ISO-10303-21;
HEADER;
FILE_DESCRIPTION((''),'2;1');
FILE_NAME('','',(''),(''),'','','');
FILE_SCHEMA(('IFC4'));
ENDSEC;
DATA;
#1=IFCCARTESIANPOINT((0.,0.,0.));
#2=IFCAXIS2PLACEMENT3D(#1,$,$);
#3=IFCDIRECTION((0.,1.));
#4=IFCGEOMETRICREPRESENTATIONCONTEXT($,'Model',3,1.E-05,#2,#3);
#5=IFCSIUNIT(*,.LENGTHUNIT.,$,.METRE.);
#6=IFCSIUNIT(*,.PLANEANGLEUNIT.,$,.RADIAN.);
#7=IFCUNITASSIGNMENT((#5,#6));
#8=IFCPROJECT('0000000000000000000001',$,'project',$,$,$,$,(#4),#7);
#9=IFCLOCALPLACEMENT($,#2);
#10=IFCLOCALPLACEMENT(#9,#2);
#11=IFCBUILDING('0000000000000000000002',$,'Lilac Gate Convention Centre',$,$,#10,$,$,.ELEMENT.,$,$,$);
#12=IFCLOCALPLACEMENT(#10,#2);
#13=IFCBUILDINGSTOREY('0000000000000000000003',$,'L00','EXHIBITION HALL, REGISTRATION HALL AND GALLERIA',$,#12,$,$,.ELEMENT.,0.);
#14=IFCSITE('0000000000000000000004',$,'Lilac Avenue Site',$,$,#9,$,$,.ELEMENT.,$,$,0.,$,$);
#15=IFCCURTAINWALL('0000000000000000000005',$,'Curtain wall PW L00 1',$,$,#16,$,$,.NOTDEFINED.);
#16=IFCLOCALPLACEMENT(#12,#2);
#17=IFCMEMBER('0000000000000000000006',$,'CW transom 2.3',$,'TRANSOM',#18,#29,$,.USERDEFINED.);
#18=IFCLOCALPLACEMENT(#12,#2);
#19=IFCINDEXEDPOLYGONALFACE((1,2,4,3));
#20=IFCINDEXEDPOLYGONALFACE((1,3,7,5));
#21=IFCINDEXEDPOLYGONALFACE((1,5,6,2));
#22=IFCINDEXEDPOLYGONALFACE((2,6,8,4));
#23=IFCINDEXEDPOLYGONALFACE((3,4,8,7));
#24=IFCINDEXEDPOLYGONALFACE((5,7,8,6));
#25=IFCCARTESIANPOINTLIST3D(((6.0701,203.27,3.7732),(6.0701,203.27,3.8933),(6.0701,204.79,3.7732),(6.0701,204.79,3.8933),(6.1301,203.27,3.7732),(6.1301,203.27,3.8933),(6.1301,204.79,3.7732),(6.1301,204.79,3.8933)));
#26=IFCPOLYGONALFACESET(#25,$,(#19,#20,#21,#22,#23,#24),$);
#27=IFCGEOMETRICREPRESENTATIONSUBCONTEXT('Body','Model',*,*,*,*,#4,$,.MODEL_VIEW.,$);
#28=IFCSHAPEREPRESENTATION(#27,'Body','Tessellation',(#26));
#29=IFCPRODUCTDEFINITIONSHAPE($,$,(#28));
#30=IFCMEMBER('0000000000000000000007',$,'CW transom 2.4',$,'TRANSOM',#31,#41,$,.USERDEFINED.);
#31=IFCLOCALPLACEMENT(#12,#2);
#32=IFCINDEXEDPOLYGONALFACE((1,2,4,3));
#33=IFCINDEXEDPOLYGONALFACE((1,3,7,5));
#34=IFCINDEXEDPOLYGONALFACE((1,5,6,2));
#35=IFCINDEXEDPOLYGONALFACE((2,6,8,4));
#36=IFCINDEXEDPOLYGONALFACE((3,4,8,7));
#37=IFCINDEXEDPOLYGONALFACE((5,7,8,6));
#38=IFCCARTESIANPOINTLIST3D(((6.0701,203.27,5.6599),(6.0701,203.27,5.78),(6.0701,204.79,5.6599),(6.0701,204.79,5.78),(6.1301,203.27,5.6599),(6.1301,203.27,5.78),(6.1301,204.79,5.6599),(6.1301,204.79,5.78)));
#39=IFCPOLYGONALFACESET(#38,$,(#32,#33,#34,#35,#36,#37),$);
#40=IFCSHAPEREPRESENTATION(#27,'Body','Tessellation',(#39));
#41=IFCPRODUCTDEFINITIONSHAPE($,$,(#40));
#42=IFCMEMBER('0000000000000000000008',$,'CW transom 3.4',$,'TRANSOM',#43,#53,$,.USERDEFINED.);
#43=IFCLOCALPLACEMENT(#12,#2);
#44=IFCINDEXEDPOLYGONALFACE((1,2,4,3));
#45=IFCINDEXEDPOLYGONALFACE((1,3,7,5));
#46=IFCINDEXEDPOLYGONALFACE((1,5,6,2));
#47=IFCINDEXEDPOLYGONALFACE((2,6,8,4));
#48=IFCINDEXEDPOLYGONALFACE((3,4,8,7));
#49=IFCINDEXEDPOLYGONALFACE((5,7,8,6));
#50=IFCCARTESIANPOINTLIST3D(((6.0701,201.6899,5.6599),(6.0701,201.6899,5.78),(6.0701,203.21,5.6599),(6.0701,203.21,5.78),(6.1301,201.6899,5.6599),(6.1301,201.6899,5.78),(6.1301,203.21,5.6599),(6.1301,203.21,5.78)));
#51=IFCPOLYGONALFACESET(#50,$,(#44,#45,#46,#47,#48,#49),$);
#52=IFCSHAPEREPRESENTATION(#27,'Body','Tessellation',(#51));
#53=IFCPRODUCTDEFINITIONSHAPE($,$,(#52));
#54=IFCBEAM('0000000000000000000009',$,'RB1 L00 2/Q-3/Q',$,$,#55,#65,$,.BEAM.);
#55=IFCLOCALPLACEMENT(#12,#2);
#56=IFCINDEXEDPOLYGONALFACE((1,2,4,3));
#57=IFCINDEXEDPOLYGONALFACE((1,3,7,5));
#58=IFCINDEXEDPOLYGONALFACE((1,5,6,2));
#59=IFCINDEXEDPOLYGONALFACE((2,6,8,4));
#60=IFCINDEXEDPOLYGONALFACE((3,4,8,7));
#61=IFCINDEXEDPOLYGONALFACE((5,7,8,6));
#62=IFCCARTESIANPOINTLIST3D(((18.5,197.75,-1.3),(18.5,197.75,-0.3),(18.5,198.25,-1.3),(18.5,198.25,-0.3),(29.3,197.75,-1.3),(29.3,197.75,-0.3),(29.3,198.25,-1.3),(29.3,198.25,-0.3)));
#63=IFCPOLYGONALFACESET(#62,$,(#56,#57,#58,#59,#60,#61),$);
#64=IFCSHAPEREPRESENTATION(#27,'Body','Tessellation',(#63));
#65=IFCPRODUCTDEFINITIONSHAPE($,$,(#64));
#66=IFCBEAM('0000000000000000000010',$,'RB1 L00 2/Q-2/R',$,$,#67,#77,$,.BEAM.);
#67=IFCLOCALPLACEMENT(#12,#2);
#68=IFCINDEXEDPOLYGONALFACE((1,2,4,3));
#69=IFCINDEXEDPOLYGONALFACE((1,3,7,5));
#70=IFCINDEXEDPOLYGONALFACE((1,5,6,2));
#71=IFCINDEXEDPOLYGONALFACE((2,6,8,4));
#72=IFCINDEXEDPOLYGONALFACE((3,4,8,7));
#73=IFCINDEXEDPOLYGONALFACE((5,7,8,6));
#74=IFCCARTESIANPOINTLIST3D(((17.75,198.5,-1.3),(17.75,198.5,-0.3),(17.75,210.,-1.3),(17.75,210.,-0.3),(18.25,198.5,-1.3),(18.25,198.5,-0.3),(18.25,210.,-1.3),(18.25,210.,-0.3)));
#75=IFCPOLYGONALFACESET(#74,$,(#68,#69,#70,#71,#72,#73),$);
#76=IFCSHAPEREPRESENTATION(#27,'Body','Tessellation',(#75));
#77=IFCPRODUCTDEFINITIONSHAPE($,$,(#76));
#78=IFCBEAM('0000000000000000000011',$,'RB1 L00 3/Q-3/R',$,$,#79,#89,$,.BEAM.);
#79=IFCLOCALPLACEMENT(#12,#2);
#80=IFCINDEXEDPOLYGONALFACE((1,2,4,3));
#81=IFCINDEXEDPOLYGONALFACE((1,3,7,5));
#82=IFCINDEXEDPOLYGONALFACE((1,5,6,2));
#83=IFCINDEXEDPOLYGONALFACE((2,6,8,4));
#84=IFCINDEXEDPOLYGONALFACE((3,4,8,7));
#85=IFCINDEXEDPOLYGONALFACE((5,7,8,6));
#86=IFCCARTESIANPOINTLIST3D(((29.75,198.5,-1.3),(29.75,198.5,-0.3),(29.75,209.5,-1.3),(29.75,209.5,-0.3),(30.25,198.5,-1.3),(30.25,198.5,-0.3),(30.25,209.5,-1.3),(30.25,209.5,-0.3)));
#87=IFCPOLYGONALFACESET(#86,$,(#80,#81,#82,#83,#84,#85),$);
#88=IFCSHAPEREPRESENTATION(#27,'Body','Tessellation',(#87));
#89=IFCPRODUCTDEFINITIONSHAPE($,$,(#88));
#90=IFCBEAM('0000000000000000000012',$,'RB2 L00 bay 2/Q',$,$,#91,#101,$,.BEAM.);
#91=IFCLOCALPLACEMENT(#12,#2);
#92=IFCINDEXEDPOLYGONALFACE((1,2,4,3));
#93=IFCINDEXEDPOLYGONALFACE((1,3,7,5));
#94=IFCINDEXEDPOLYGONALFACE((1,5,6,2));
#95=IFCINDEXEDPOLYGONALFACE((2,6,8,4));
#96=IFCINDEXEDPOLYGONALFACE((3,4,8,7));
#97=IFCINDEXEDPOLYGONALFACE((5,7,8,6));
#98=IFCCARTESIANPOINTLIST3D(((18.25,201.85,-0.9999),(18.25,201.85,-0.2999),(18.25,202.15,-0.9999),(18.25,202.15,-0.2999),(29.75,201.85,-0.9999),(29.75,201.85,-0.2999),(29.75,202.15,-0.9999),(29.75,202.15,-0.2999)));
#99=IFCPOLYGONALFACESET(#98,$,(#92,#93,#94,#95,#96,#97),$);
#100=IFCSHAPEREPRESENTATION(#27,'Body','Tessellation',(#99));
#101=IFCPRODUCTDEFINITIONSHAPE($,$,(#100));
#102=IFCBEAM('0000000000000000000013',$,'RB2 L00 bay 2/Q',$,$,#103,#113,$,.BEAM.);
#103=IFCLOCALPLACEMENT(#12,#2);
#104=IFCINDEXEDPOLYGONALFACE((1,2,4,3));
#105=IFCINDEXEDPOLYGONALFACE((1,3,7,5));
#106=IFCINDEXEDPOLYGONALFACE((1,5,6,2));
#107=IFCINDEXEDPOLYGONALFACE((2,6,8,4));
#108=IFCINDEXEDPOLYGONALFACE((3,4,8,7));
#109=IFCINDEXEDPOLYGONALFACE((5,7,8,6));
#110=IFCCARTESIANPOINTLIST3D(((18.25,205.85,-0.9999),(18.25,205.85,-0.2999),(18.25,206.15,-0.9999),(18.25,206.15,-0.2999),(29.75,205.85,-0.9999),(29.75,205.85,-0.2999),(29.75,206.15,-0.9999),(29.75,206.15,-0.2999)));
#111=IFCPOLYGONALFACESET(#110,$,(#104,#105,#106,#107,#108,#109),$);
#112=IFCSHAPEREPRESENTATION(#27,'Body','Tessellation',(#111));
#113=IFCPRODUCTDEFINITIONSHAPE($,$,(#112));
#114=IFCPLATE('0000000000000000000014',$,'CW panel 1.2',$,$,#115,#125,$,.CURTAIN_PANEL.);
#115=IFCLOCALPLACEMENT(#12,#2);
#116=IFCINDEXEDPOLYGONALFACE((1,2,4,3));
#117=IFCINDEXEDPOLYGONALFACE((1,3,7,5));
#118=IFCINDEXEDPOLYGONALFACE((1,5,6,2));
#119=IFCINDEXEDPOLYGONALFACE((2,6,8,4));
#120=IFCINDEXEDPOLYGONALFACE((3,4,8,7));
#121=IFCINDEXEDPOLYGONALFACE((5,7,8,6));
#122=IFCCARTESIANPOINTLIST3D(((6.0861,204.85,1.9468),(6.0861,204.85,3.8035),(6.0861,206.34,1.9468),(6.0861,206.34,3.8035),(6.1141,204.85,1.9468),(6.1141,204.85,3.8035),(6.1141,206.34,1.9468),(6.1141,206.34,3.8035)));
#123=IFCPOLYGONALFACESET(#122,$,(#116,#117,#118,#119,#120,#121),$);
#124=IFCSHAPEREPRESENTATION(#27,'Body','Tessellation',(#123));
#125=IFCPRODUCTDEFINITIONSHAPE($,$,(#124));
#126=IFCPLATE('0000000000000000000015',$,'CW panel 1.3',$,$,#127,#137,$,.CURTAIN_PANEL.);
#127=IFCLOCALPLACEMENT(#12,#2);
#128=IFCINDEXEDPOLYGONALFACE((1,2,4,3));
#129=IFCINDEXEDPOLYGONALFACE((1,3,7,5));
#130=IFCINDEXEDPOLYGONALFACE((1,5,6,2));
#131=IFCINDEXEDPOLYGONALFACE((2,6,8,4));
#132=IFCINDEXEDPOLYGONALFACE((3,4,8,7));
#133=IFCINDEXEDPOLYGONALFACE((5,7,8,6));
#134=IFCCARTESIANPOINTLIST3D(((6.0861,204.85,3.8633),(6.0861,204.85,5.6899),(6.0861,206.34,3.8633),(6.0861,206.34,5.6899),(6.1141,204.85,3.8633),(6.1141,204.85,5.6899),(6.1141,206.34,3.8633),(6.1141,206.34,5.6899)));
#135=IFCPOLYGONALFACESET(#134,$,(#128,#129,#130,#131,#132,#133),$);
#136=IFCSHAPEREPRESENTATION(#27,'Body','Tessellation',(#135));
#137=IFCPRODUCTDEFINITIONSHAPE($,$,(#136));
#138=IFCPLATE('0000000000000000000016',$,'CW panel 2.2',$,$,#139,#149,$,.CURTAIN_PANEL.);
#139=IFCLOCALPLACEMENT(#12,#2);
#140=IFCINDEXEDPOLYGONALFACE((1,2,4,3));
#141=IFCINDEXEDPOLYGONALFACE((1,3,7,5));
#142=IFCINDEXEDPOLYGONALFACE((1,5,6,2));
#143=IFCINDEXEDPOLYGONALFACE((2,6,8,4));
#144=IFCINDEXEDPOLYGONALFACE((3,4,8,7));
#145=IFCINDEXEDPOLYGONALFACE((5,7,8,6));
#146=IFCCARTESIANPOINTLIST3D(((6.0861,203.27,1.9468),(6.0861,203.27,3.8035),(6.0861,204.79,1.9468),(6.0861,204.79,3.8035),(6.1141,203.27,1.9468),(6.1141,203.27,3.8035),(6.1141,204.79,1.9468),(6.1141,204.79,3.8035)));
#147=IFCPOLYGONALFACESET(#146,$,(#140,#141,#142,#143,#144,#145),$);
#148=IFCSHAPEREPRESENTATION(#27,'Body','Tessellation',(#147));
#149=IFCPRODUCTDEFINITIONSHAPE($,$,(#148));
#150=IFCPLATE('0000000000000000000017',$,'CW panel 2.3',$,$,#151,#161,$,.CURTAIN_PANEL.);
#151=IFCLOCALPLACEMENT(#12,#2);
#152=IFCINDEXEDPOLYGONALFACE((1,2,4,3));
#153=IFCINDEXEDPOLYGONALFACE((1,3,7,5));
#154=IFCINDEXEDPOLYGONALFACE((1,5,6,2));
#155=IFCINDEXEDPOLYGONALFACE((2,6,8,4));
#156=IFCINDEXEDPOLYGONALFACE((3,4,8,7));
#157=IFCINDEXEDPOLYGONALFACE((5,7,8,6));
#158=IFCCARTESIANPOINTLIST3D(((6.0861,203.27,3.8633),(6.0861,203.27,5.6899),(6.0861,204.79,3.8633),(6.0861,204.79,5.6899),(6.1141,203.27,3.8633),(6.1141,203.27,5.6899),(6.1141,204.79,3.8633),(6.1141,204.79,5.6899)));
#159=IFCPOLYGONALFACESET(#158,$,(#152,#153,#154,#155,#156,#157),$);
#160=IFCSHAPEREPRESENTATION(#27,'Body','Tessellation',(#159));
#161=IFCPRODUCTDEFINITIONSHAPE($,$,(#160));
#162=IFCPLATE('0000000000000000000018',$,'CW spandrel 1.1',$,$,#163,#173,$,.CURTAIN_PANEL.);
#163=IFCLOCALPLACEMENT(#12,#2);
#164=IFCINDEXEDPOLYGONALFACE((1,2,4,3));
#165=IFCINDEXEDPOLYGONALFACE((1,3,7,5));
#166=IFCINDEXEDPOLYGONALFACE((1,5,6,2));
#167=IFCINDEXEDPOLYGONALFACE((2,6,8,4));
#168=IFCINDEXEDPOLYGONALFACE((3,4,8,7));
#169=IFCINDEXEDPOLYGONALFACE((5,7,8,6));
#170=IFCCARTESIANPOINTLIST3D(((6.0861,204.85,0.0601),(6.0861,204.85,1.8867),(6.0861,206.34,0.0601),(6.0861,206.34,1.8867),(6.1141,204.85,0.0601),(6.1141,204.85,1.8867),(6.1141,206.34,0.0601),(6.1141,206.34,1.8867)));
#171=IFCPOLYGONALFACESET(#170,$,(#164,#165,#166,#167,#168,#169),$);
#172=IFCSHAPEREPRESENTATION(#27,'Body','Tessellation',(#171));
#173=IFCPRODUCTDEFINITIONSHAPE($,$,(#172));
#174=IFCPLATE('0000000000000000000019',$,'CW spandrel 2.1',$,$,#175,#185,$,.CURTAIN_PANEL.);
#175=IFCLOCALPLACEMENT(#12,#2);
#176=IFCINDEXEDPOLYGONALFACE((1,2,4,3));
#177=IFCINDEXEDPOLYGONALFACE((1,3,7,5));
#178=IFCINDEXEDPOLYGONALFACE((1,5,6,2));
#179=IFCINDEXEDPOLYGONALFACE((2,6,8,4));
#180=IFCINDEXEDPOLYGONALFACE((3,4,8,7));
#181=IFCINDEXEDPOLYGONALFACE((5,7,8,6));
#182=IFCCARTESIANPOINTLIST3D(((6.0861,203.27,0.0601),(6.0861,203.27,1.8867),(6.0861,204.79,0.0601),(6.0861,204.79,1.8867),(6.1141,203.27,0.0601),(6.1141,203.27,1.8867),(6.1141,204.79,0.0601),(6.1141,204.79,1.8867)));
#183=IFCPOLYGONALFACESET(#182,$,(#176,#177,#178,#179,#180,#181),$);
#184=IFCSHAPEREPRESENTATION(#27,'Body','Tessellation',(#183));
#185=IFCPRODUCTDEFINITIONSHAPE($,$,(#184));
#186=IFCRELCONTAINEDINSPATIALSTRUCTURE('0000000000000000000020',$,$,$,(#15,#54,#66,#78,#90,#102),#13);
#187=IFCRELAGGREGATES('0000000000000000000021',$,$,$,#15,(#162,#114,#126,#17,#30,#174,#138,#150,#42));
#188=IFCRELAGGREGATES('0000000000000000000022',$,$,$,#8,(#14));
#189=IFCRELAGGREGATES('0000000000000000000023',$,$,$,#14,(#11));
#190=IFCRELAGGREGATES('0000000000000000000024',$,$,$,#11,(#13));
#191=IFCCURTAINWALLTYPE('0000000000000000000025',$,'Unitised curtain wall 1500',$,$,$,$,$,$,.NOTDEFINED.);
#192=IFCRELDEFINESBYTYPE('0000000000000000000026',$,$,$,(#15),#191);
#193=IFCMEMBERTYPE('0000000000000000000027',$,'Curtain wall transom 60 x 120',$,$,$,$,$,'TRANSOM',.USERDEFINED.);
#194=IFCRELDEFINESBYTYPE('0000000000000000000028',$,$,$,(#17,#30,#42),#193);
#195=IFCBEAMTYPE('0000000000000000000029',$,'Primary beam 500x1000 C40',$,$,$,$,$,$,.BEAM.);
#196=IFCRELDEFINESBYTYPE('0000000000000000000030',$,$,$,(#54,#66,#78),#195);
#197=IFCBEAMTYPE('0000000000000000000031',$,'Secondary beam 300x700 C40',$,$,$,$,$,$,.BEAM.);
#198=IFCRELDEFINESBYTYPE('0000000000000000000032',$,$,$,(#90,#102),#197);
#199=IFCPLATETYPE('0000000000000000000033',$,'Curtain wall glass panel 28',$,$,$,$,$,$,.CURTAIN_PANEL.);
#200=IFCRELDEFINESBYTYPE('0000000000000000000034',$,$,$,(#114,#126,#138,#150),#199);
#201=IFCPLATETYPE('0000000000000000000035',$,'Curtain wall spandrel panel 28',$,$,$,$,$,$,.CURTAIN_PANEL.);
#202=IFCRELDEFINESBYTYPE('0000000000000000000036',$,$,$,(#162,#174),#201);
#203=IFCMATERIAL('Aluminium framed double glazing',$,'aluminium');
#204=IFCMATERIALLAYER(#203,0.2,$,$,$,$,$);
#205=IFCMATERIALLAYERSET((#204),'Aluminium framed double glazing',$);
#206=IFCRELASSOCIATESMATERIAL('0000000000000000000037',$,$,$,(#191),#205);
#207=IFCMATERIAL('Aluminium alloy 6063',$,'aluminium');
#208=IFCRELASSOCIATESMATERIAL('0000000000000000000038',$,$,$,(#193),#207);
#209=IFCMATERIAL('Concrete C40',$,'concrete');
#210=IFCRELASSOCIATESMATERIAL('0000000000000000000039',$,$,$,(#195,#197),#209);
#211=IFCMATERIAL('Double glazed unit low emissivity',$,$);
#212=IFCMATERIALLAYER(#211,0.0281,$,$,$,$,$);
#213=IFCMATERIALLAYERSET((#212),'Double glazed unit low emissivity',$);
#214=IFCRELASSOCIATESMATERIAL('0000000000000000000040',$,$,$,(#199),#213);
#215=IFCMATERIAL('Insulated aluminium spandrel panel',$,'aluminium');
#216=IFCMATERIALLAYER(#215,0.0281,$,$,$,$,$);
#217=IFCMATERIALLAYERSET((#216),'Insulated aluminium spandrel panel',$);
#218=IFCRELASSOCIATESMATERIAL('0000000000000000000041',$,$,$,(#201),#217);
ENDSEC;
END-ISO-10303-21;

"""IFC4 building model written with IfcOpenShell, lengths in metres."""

from ifc_helpers import new_model, si_unit, direction, frame, origin, origin_2d, place, context, subcontext, project, spatial, rectangle, extrude, material, layer, layer_set, material_profile, profile_set, type_object, element, aggregate, save


model = new_model("IFC4")

# Units and contexts
model_context = context("Model", 3, precision=1e-05, world=origin(), true_north=direction((0.0, 1.0)))
body_context = subcontext(model_context, "Body", "Model", "MODEL_VIEW")
ifc_project = project(units=[si_unit("LENGTHUNIT", "METRE"), si_unit("PLANEANGLEUNIT", "RADIAN")], contexts=[model_context])

# Site, building, storey
site_placement = place(None, origin())
site = spatial("IfcSite", under=ifc_project, at=site_placement, Name="Lilac Avenue Site", CompositionType="ELEMENT", RefElevation=0.0)
building_placement = place(site_placement, origin())
building = spatial("IfcBuilding", under=site, at=building_placement, Name="Lilac Gate Convention Centre", CompositionType="ELEMENT")
storey_placement = place(building_placement, origin())
storey = spatial("IfcBuildingStorey", under=building, at=storey_placement, Name="L00", Description="EXHIBITION HALL, REGISTRATION HALL AND GALLERIA", CompositionType="ELEMENT", Elevation=0.0)

# Shared definitions
ifc_material_1 = material(Name="Concrete C40", Category="concrete")

# Curtain wall, members
ifc_material_2 = material(Name="Aluminium framed double glazing", Category="aluminium")
ifc_layer_1 = layer(ifc_material_2, 0.2)
ifc_layer_set_1 = layer_set([ifc_layer_1], Name="Aluminium framed double glazing")
curtain_wall_type = type_object("IfcCurtainWallType", Name="Unitised curtain wall 1500", PredefinedType="NOTDEFINED", material=ifc_layer_set_1)
curtain_wall_placement = place(storey_placement, origin())
curtain_wall = element("IfcCurtainWall", 1, at=curtain_wall_placement, inside=storey, type_object=curtain_wall_type, Name="Curtain wall PW L00 1", PredefinedType="NOTDEFINED")
ifc_material_3 = material(Name="Aluminium alloy 6063", Category="aluminium")
ifc_material_profile_1 = material_profile(ifc_material_3, rectangle(XDim=0.0601, YDim=0.1201, at=origin_2d()), Name="Curtain wall transom 60 x 120")
ifc_profile_set_1 = profile_set([ifc_material_profile_1], Name="Aluminium alloy 6063")
member_type_1 = type_object("IfcMemberType", Name="Curtain wall transom 60 x 120", ElementType="TRANSOM", PredefinedType="USERDEFINED", material=ifc_profile_set_1)
member_1_placement = place(storey_placement, frame((6.1001, 204.79, 3.8333), z_axis=(0.0, -1.0, 0.0), x_axis=(1.0, 0.0, 0.0)))
member_1 = element("IfcMember", 2, at=member_1_placement, type_object=member_type_1, Name="CW transom 2.3", ObjectType="TRANSOM", PredefinedType="USERDEFINED", context=body_context, shape_type="SweptSolid", body=[
    extrude(rectangle(XDim=0.0601, YDim=0.1201, at=origin_2d()), origin(), (0.0, 0.0, 1.0), 1.52),
])
member_2_placement = place(storey_placement, frame((6.1001, 204.79, 5.72), z_axis=(0.0, -1.0, 0.0), x_axis=(1.0, 0.0, 0.0)))
member_2 = element("IfcMember", 3, at=member_2_placement, type_object=member_type_1, Name="CW transom 2.4", ObjectType="TRANSOM", PredefinedType="USERDEFINED", context=body_context, shape_type="SweptSolid", body=[
    extrude(rectangle(XDim=0.0601, YDim=0.1201, at=origin_2d()), origin(), (0.0, 0.0, 1.0), 1.52),
])
member_3_placement = place(storey_placement, frame((6.1001, 203.21, 5.72), z_axis=(0.0, -1.0, 0.0), x_axis=(1.0, 0.0, 0.0)))
member_3 = element("IfcMember", 4, at=member_3_placement, type_object=member_type_1, Name="CW transom 3.4", ObjectType="TRANSOM", PredefinedType="USERDEFINED", context=body_context, shape_type="SweptSolid", body=[
    extrude(rectangle(XDim=0.0601, YDim=0.1201, at=origin_2d()), origin(), (0.0, 0.0, 1.0), 1.52),
])

# Beams
ifc_material_profile_2 = material_profile(ifc_material_1, rectangle(XDim=0.5, YDim=1.0, at=origin_2d()), Name="RC 500x1000")
ifc_profile_set_2 = profile_set([ifc_material_profile_2], Name="Concrete C40")
beam_type_1 = type_object("IfcBeamType", Name="Primary beam 500x1000 C40", PredefinedType="BEAM", material=ifc_profile_set_2)
beam_1_placement = place(storey_placement, frame((18.5, 198.0, -0.8), z_axis=(1.0, 0.0, 0.0), x_axis=(0.0, 1.0, 0.0)))
element("IfcBeam", 5, at=beam_1_placement, inside=storey, type_object=beam_type_1, Name="RB1 L00 2/Q-3/Q", PredefinedType="BEAM", context=body_context, shape_type="SweptSolid", body=[
    extrude(rectangle(XDim=0.5, YDim=1.0, at=origin_2d()), origin(), (0.0, 0.0, 1.0), 10.8),
])
beam_2_placement = place(storey_placement, frame((18.0, 198.5, -0.8), z_axis=(0.0, 1.0, 0.0), x_axis=(-1.0, 0.0, 0.0)))
element("IfcBeam", 6, at=beam_2_placement, inside=storey, type_object=beam_type_1, Name="RB1 L00 2/Q-2/R", PredefinedType="BEAM", context=body_context, shape_type="SweptSolid", body=[
    extrude(rectangle(XDim=0.5, YDim=1.0, at=origin_2d()), origin(), (0.0, 0.0, 1.0), 11.5),
])
beam_3_placement = place(storey_placement, frame((30.0, 198.5, -0.8), z_axis=(0.0, 1.0, 0.0), x_axis=(-1.0, 0.0, 0.0)))
element("IfcBeam", 7, at=beam_3_placement, inside=storey, type_object=beam_type_1, Name="RB1 L00 3/Q-3/R", PredefinedType="BEAM", context=body_context, shape_type="SweptSolid", body=[
    extrude(rectangle(XDim=0.5, YDim=1.0, at=origin_2d()), origin(), (0.0, 0.0, 1.0), 11.0),
])
ifc_material_profile_3 = material_profile(ifc_material_1, rectangle(XDim=0.3, YDim=0.7, at=origin_2d()), Name="RC 300x700")
ifc_profile_set_3 = profile_set([ifc_material_profile_3], Name="Concrete C40")
beam_type_2 = type_object("IfcBeamType", Name="Secondary beam 300x700 C40", PredefinedType="BEAM", material=ifc_profile_set_3)
for number, where, z_axis, x_axis, name in (
    (8, (18.25, 202.0, -0.6499), (1.0, 0.0, 0.0), (0.0, 1.0, 0.0), "RB2 L00 bay 2/Q"),
    (9, (18.25, 206.0, -0.6499), (1.0, 0.0, 0.0), (0.0, 1.0, 0.0), "RB2 L00 bay 2/Q"),
):
    element("IfcBeam", number, at=place(storey_placement, frame(where, z_axis=z_axis, x_axis=x_axis)), inside=storey, type_object=beam_type_2, Name=name, PredefinedType="BEAM", context=body_context, shape_type="SweptSolid", body=[
        extrude(rectangle(XDim=0.3, YDim=0.7, at=origin_2d()), origin(), (0.0, 0.0, 1.0), 11.5),
    ])

# Plates
ifc_material_4 = material(Name="Double glazed unit low emissivity")
ifc_layer_2 = layer(ifc_material_4, 0.0281)
ifc_layer_set_2 = layer_set([ifc_layer_2], Name="Double glazed unit low emissivity")
plate_type_1 = type_object("IfcPlateType", Name="Curtain wall glass panel 28", PredefinedType="CURTAIN_PANEL", material=ifc_layer_set_2)
plate_1_placement = place(storey_placement, frame((6.1001, 205.595, 1.9468), z_axis=(0.0, 0.0, 1.0), x_axis=(0.0, -1.0, 0.0)))
plate_1 = element("IfcPlate", 10, at=plate_1_placement, type_object=plate_type_1, Name="CW panel 1.2", PredefinedType="CURTAIN_PANEL", context=body_context, shape_type="SweptSolid", body=[
    extrude(rectangle(XDim=1.49, YDim=0.0281, at=origin_2d()), origin(), (0.0, 0.0, 1.0), 1.8567),
])
plate_2_placement = place(storey_placement, frame((6.1001, 205.595, 3.8633), z_axis=(0.0, 0.0, 1.0), x_axis=(0.0, -1.0, 0.0)))
plate_2 = element("IfcPlate", 11, at=plate_2_placement, type_object=plate_type_1, Name="CW panel 1.3", PredefinedType="CURTAIN_PANEL", context=body_context, shape_type="SweptSolid", body=[
    extrude(rectangle(XDim=1.49, YDim=0.0281, at=origin_2d()), origin(), (0.0, 0.0, 1.0), 1.8267),
])
plate_3_placement = place(storey_placement, frame((6.1001, 204.03, 1.9468), z_axis=(0.0, 0.0, 1.0), x_axis=(0.0, -1.0, 0.0)))
plate_3 = element("IfcPlate", 12, at=plate_3_placement, type_object=plate_type_1, Name="CW panel 2.2", PredefinedType="CURTAIN_PANEL", context=body_context, shape_type="SweptSolid", body=[
    extrude(rectangle(XDim=1.52, YDim=0.0281, at=origin_2d()), origin(), (0.0, 0.0, 1.0), 1.8567),
])
plate_4_placement = place(storey_placement, frame((6.1001, 204.03, 3.8633), z_axis=(0.0, 0.0, 1.0), x_axis=(0.0, -1.0, 0.0)))
plate_4 = element("IfcPlate", 13, at=plate_4_placement, type_object=plate_type_1, Name="CW panel 2.3", PredefinedType="CURTAIN_PANEL", context=body_context, shape_type="SweptSolid", body=[
    extrude(rectangle(XDim=1.52, YDim=0.0281, at=origin_2d()), origin(), (0.0, 0.0, 1.0), 1.8267),
])
ifc_material_5 = material(Name="Insulated aluminium spandrel panel", Category="aluminium")
ifc_layer_3 = layer(ifc_material_5, 0.0281)
ifc_layer_set_3 = layer_set([ifc_layer_3], Name="Insulated aluminium spandrel panel")
plate_type_2 = type_object("IfcPlateType", Name="Curtain wall spandrel panel 28", PredefinedType="CURTAIN_PANEL", material=ifc_layer_set_3)
plate_5_placement = place(storey_placement, frame((6.1001, 205.595, 0.0601), z_axis=(0.0, 0.0, 1.0), x_axis=(0.0, -1.0, 0.0)))
plate_5 = element("IfcPlate", 14, at=plate_5_placement, type_object=plate_type_2, Name="CW spandrel 1.1", PredefinedType="CURTAIN_PANEL", context=body_context, shape_type="SweptSolid", body=[
    extrude(rectangle(XDim=1.49, YDim=0.0281, at=origin_2d()), origin(), (0.0, 0.0, 1.0), 1.8267),
])
plate_6_placement = place(storey_placement, frame((6.1001, 204.03, 0.0601), z_axis=(0.0, 0.0, 1.0), x_axis=(0.0, -1.0, 0.0)))
plate_6 = element("IfcPlate", 15, at=plate_6_placement, type_object=plate_type_2, Name="CW spandrel 2.1", PredefinedType="CURTAIN_PANEL", context=body_context, shape_type="SweptSolid", body=[
    extrude(rectangle(XDim=1.52, YDim=0.0281, at=origin_2d()), origin(), (0.0, 0.0, 1.0), 1.8267),
])
aggregate(curtain_wall, [plate_5, plate_1, plate_2, member_1, member_2, plate_6, plate_3, plate_4, member_3])

save(model, "model.ifc")
